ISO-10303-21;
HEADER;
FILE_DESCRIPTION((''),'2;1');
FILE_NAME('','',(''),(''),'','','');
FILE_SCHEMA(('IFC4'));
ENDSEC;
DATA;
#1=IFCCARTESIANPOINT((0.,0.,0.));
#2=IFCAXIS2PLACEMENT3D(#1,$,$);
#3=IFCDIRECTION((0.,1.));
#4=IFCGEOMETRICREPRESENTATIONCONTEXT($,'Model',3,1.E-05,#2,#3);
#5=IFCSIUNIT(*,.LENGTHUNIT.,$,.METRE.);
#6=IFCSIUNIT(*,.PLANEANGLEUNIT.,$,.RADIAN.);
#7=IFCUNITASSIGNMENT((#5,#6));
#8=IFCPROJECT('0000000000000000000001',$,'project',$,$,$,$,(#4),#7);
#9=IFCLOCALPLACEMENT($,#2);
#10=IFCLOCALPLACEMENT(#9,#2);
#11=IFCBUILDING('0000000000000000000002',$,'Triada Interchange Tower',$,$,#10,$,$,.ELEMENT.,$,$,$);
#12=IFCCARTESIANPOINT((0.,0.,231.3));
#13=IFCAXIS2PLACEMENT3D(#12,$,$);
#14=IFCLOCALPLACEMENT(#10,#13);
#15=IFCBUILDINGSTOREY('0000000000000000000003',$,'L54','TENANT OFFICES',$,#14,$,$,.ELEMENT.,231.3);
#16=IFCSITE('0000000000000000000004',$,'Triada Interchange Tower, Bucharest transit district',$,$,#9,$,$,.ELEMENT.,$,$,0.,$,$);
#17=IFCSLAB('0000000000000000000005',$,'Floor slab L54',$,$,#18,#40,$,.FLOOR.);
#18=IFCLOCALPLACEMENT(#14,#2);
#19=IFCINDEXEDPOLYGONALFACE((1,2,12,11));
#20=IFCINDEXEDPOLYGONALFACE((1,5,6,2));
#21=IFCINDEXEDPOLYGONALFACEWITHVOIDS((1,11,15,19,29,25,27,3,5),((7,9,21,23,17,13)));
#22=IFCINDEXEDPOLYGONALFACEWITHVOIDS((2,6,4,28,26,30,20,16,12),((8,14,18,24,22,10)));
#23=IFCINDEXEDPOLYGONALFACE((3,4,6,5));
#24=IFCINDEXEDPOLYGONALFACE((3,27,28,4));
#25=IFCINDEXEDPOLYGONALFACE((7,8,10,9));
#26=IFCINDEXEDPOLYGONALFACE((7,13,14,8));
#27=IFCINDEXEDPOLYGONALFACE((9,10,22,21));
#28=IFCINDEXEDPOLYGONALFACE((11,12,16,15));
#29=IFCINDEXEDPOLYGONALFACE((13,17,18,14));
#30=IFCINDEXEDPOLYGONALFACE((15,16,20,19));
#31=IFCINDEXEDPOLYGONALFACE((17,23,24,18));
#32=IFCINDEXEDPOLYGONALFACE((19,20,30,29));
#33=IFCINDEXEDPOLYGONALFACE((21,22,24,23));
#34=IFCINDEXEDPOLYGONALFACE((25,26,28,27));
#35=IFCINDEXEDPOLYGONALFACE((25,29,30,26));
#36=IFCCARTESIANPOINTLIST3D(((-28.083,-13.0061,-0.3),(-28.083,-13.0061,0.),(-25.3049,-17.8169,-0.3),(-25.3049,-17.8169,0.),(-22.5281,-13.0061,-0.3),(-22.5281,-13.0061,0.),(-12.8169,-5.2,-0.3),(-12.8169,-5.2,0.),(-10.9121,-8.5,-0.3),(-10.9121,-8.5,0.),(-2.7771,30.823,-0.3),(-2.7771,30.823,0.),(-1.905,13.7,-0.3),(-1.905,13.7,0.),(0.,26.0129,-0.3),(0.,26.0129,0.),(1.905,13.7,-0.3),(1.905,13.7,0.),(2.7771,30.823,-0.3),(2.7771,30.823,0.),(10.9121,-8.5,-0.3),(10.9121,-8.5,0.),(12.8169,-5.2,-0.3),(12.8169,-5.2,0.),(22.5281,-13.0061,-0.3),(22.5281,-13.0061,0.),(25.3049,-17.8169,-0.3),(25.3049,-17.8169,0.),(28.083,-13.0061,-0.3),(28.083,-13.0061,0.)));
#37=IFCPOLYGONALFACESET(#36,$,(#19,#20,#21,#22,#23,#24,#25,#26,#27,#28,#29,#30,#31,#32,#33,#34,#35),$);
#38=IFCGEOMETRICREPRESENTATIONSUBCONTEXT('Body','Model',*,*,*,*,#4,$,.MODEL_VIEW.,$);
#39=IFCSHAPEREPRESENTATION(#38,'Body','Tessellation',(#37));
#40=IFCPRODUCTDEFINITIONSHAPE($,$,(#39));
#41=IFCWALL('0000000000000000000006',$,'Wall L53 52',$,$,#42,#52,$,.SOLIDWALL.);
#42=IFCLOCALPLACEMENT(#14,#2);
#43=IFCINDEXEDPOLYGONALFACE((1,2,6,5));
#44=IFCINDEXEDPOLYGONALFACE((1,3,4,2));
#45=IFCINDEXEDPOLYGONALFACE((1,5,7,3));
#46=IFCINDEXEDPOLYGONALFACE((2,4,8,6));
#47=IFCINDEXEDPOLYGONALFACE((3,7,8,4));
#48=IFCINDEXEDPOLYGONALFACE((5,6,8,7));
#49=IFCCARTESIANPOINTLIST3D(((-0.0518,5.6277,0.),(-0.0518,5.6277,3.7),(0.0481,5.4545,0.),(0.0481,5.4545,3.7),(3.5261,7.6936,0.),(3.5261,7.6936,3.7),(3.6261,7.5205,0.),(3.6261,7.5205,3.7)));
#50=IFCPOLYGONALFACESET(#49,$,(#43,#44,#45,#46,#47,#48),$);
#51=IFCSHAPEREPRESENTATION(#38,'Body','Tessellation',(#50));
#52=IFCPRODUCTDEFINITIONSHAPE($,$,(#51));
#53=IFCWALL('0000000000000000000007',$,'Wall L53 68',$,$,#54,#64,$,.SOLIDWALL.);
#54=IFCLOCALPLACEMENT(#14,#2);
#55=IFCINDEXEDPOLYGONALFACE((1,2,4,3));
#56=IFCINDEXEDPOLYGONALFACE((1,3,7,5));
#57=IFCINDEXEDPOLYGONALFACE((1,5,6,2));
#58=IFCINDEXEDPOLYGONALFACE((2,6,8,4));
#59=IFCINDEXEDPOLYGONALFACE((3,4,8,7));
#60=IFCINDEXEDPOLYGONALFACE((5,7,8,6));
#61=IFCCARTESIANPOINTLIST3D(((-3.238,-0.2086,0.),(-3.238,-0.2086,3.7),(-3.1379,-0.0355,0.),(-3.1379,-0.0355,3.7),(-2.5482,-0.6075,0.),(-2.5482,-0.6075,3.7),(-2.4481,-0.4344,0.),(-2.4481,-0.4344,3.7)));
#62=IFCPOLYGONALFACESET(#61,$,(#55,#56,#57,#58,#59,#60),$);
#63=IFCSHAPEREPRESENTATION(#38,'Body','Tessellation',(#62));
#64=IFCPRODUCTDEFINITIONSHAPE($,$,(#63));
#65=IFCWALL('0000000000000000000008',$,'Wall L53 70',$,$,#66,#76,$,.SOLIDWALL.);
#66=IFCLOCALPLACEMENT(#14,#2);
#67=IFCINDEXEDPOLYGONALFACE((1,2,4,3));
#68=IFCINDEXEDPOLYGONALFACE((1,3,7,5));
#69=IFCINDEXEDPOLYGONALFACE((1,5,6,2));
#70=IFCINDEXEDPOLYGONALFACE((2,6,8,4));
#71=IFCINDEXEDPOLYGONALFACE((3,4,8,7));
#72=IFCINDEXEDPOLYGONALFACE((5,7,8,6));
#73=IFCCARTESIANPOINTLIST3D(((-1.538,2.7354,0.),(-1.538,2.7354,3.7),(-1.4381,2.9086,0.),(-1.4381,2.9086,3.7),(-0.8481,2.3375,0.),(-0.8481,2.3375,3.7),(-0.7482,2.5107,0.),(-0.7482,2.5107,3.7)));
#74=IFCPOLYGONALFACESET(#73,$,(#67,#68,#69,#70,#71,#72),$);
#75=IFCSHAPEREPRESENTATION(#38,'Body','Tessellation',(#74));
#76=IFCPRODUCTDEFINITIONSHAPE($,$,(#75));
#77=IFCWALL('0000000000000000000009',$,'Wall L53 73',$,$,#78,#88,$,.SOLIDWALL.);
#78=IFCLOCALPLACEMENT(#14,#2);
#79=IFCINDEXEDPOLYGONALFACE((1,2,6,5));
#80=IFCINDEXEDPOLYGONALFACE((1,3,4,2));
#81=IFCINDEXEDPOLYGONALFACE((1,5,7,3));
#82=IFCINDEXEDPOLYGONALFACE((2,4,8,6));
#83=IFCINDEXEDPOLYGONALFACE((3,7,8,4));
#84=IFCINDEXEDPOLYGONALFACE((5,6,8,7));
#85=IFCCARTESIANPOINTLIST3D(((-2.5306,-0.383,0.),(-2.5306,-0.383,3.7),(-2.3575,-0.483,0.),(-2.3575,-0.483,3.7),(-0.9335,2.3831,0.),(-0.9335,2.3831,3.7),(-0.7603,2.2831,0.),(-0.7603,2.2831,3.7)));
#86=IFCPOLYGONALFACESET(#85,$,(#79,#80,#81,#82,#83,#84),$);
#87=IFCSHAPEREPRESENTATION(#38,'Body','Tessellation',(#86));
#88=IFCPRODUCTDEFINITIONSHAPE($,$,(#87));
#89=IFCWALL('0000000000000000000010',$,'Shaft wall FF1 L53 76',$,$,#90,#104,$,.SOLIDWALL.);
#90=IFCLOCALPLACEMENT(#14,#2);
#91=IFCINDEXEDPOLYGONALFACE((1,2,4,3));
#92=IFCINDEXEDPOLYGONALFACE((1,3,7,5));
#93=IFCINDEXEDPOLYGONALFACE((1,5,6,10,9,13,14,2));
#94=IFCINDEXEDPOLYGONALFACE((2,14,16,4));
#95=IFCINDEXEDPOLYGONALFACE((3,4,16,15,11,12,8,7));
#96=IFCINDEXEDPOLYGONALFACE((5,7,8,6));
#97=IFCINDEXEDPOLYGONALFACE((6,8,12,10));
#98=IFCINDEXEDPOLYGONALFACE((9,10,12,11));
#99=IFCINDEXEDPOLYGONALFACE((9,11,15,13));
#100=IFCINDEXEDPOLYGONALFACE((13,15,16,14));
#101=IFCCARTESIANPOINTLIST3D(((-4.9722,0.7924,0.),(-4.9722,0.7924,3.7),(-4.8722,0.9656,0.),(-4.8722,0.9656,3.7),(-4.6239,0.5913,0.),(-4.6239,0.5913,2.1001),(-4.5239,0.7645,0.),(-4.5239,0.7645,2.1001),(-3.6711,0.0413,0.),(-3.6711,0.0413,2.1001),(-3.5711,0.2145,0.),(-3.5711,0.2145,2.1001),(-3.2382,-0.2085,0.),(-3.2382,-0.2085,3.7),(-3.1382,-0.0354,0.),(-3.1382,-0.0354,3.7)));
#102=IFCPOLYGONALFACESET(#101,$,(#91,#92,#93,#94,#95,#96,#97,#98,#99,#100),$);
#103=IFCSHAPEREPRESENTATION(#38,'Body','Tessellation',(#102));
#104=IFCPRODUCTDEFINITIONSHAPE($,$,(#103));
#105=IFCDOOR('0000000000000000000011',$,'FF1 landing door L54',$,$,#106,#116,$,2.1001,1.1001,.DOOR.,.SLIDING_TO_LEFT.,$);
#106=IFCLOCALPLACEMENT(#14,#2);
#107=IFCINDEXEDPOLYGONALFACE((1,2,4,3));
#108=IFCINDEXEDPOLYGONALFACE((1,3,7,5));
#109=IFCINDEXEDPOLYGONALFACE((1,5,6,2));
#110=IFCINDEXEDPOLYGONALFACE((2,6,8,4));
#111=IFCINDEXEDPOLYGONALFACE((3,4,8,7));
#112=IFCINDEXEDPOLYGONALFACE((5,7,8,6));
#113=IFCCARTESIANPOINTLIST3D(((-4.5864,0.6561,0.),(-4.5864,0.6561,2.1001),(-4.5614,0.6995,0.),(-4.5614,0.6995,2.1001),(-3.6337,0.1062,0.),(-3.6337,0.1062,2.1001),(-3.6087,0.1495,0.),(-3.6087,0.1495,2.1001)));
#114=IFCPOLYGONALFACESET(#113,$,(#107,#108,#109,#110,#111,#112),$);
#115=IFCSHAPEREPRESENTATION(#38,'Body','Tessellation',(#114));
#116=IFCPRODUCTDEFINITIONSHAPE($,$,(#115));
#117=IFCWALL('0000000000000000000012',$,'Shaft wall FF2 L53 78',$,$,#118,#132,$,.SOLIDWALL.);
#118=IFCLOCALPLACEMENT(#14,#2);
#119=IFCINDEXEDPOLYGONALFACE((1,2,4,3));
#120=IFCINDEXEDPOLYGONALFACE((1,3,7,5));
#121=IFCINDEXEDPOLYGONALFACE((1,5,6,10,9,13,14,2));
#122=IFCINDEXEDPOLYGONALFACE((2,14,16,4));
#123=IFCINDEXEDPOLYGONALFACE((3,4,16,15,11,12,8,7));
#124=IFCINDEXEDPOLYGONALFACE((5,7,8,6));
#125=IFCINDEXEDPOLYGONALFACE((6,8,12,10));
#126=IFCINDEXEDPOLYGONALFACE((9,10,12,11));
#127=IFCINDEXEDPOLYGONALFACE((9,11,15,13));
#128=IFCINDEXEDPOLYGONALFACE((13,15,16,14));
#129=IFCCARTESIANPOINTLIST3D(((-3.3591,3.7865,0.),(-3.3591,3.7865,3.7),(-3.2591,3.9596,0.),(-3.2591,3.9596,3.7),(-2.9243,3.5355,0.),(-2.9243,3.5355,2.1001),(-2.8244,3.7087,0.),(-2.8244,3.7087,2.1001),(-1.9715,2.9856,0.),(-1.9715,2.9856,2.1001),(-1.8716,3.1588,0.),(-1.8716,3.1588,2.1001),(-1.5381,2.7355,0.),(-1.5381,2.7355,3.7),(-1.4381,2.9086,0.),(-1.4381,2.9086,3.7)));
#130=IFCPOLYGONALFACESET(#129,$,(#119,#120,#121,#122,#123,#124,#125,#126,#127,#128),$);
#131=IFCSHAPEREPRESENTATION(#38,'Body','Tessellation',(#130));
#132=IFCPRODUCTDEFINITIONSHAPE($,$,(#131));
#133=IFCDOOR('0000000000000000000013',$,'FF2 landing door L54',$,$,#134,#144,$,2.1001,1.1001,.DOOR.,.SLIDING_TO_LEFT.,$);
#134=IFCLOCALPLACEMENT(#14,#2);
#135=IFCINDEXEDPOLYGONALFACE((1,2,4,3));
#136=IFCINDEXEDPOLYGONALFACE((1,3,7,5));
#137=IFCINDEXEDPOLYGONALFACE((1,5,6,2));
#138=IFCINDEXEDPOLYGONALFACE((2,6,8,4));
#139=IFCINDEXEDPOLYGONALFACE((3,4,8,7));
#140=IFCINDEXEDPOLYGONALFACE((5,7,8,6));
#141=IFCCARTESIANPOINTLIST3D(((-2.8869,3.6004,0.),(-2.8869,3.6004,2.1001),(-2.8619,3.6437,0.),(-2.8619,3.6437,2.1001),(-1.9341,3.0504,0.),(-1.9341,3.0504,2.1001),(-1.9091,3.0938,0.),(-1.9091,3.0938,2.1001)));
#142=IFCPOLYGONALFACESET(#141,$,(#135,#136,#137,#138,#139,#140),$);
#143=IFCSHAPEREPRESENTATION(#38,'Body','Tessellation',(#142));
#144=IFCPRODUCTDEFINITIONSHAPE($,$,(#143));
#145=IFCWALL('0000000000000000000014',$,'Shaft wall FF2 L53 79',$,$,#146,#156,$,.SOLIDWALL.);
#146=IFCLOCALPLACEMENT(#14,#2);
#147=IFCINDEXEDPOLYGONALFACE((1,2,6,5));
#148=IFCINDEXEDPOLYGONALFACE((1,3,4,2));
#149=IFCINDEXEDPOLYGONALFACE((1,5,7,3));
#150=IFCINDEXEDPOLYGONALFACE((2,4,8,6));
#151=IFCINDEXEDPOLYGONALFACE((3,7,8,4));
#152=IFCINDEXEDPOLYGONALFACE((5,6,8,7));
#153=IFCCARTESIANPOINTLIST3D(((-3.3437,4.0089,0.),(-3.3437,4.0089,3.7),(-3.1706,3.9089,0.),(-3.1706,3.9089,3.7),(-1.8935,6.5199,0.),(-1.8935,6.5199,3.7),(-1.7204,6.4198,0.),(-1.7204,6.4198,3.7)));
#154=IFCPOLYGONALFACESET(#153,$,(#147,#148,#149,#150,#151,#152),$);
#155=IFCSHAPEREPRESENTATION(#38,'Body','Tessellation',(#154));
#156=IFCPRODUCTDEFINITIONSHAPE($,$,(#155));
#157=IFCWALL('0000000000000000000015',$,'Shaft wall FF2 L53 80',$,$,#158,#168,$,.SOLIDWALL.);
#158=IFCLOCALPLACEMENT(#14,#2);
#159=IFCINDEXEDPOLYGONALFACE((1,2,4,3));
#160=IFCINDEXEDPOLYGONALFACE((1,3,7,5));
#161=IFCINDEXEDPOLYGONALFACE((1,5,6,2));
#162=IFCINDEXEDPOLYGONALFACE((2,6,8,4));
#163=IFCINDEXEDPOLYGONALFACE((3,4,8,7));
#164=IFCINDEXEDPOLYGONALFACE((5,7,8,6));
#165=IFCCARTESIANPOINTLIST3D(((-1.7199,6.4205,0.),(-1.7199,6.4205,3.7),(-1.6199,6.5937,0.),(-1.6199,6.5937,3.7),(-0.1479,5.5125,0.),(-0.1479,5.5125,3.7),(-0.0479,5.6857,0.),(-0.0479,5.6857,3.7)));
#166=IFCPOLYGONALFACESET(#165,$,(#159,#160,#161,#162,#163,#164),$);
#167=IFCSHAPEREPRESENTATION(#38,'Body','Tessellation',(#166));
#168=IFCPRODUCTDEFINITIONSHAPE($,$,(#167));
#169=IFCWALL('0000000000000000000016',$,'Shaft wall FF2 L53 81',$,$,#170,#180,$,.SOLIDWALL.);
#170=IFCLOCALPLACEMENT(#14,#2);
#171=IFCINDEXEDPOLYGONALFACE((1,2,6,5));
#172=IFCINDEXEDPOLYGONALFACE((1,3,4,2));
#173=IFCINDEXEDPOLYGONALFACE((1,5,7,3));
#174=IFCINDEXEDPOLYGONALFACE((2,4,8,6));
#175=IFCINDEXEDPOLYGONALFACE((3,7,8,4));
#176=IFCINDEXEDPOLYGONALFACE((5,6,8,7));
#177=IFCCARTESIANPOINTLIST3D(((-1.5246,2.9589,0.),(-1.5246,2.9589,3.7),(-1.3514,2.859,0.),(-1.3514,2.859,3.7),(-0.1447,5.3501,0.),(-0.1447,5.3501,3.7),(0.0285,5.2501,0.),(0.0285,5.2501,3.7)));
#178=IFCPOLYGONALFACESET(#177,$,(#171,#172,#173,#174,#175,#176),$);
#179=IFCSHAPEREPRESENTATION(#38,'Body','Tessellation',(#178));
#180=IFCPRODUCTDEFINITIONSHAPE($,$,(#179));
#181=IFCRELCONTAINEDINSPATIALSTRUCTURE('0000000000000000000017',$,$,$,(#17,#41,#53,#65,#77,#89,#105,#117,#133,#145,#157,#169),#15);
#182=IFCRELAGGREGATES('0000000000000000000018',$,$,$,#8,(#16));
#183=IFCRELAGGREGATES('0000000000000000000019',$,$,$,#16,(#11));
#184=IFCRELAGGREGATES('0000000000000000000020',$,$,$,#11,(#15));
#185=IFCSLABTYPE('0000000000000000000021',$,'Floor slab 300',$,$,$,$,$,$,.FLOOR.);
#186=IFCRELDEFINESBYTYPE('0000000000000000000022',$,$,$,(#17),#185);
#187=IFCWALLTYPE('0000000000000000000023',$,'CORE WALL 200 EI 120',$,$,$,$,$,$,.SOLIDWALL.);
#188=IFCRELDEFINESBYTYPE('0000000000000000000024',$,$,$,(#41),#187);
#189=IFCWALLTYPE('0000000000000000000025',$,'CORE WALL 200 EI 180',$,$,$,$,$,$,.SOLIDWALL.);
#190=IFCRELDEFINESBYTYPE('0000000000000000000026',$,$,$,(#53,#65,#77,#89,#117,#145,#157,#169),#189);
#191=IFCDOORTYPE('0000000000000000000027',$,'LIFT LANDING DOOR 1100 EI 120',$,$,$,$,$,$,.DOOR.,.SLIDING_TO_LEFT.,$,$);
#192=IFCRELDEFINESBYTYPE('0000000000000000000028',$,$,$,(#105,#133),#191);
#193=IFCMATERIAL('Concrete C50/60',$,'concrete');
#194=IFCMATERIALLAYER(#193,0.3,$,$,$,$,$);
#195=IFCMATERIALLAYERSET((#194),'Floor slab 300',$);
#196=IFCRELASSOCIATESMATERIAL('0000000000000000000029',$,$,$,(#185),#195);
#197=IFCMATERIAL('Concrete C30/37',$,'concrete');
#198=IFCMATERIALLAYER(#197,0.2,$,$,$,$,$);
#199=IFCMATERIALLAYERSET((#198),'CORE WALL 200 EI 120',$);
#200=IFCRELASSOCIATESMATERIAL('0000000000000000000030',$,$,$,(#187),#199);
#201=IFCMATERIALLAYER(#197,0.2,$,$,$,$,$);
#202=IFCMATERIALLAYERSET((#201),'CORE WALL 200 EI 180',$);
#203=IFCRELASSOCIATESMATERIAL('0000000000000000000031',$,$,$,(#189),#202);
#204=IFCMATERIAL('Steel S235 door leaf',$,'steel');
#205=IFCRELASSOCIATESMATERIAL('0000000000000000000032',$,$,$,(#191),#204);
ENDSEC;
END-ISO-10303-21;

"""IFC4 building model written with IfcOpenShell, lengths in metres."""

from ifc_helpers import new_model, si_unit, direction, frame, frame_2d, origin, place, context, subcontext, project, spatial, polyline, rectangle, outline, extrude, material, layer, layer_set, type_object, element, fill, save


model = new_model("IFC4")

# Units and contexts
model_context = context("Model", 3, precision=1e-05, world=origin(), true_north=direction((0.0, 1.0)))
body_context = subcontext(model_context, "Body", "Model", "MODEL_VIEW")
ifc_project = project(units=[si_unit("LENGTHUNIT", "METRE"), si_unit("PLANEANGLEUNIT", "RADIAN")], contexts=[model_context])

# Site, building, storey
site_placement = place(None, origin())
site = spatial("IfcSite", under=ifc_project, at=site_placement, Name="Triada Interchange Tower, Bucharest transit district", CompositionType="ELEMENT", RefElevation=0.0)
building_placement = place(site_placement, origin())
building = spatial("IfcBuilding", under=site, at=building_placement, Name="Triada Interchange Tower", CompositionType="ELEMENT")
storey_placement = place(building_placement, frame((0.0, 0.0, 231.3)))
storey = spatial("IfcBuildingStorey", under=building, at=storey_placement, Name="L54", Description="TENANT OFFICES", CompositionType="ELEMENT", Elevation=231.3)

# Slab
ifc_material_1 = material(Name="Concrete C50/60", Category="concrete")
ifc_layer_1 = layer(ifc_material_1, 0.3)
ifc_layer_set_1 = layer_set([ifc_layer_1], Name="Floor slab 300")
slab_type = type_object("IfcSlabType", Name="Floor slab 300", PredefinedType="FLOOR", material=ifc_layer_set_1)
slab_placement = place(storey_placement, frame((0.0, 0.0, -0.3)))
element("IfcSlab", 1, at=slab_placement, inside=storey, type_object=slab_type, Name="Floor slab L54", PredefinedType="FLOOR", context=body_context, shape_type="SweptSolid", body=[
    extrude(outline(polyline([(-2.7771, 30.823), (-28.083, -13.0061), (-22.5281, -13.0061), (-25.3049, -17.8169), (25.3049, -17.8169), (22.5281, -13.0061), (28.083, -13.0061), (2.7771, 30.823), (0.0, 26.0129), (-2.7771, 30.823)]), holes=[polyline([(1.905, 13.7), (-1.905, 13.7), (-12.8169, -5.2), (-10.9121, -8.5), (10.9121, -8.5), (12.8169, -5.2), (1.905, 13.7)])]), origin(), (0.0, 0.0, 1.0), 0.3),
])

# Walls
ifc_material_2 = material(Name="Concrete C30/37", Category="concrete")
ifc_layer_2 = layer(ifc_material_2, 0.2)
ifc_layer_set_2 = layer_set([ifc_layer_2], Name="CORE WALL 200 EI 120")
wall_type_1 = type_object("IfcWallType", Name="CORE WALL 200 EI 120", PredefinedType="SOLIDWALL", material=ifc_layer_set_2)
wall_1_placement = place(storey_placement, frame((-0.002, 5.541, 0.0), z_axis=(0.0, 0.0, 1.0), x_axis=(0.866002, 0.500041, 0.0)))
element("IfcWall", 2, at=wall_1_placement, inside=storey, type_object=wall_type_1, Name="Wall L53 52", PredefinedType="SOLIDWALL", context=body_context, shape_type="SweptSolid", body=[
    extrude(rectangle(XDim=4.1316, YDim=0.2, at=frame_2d((2.0659, 0.0))), origin(), (0.0, 0.0, 1.0), 3.7),
])
ifc_layer_3 = layer(ifc_material_2, 0.2)
ifc_layer_set_3 = layer_set([ifc_layer_3], Name="CORE WALL 200 EI 180")
wall_type_2 = type_object("IfcWallType", Name="CORE WALL 200 EI 180", PredefinedType="SOLIDWALL", material=ifc_layer_set_3)
wall_2_placement = place(storey_placement, frame((-3.188, -0.1221, 0.0), z_axis=(0.0, 0.0, 1.0), x_axis=(0.865706, -0.500553, 0.0)))
element("IfcWall", 3, at=wall_2_placement, inside=storey, type_object=wall_type_2, Name="Wall L53 68", PredefinedType="SOLIDWALL", context=body_context, shape_type="SweptSolid", body=[
    extrude(rectangle(XDim=0.7969, YDim=0.2, at=frame_2d((0.3984, 0.0))), origin(), (0.0, 0.0, 1.0), 3.7),
])
wall_3_placement = place(storey_placement, frame((-1.488, 2.822, 0.0), z_axis=(0.0, 0.0, 1.0), x_axis=(0.866237, -0.499634, 0.0)))
element("IfcWall", 4, at=wall_3_placement, inside=storey, type_object=wall_type_2, Name="Wall L53 70", PredefinedType="SOLIDWALL", context=body_context, shape_type="SweptSolid", body=[
    extrude(rectangle(XDim=0.7964, YDim=0.2, at=frame_2d((0.3982, 0.0))), origin(), (0.0, 0.0, 1.0), 3.7),
])
wall_4_placement = place(storey_placement, frame((-2.4441, -0.4331, 0.0), z_axis=(0.0, 0.0, 1.0), x_axis=(0.500036, 0.866005, 0.0)))
element("IfcWall", 5, at=wall_4_placement, inside=storey, type_object=wall_type_2, Name="Wall L53 73", PredefinedType="SOLIDWALL", context=body_context, shape_type="SweptSolid", body=[
    extrude(rectangle(XDim=3.1941, YDim=0.2, at=frame_2d((1.5972, 0.0))), origin(), (0.0, 0.0, 1.0), 3.7),
])

# Walls, openings, doors
wall_5_placement = place(storey_placement, frame((-4.9221, 0.8789, 0.0), z_axis=(0.0, 0.0, 1.0), x_axis=(0.866074, -0.499916, 0.0)))
wall_5 = element("IfcWall", 6, at=wall_5_placement, inside=storey, type_object=wall_type_2, Name="Shaft wall FF1 L53 76", PredefinedType="SOLIDWALL", context=body_context, shape_type="SweptSolid", body=[
    extrude(rectangle(XDim=2.0022, YDim=0.2, at=frame_2d((1.001, 0.0))), origin(), (0.0, 0.0, 1.0), 3.7),
])
opening_1_placement = place(wall_5_placement, frame((0.4021, 0.0, 0.0)))
opening_1 = element("IfcOpeningElement", 7, at=opening_1_placement, cuts=wall_5, PredefinedType="OPENING", context=body_context, shape_type="SweptSolid", body=[
    extrude(rectangle(XDim=1.1001, YDim=2.1001, at=frame_2d((0.55, 1.05))), frame((0.0, 0.1099, 0.0), z_axis=(0.0, -1.0, 0.0), x_axis=(1.0, 0.0, 0.0)), (0.0, 0.0, 1.0), 0.22),
])
ifc_material_3 = material(Name="Steel S235 door leaf", Category="steel")
door_type = type_object("IfcDoorType", Name="LIFT LANDING DOOR 1100 EI 120", OperationType="SLIDING_TO_LEFT", PredefinedType="DOOR", material=ifc_material_3)
door_1_placement = place(opening_1_placement, origin())
door_1 = element("IfcDoor", 8, at=door_1_placement, inside=storey, type_object=door_type, Name="FF1 landing door L54", OperationType="SLIDING_TO_LEFT", OverallHeight=2.1001, OverallWidth=1.1001, PredefinedType="DOOR", context=body_context, shape_type="SweptSolid", body=[
    extrude(rectangle(XDim=1.1001, YDim=2.1001, at=frame_2d((0.55, 1.05))), frame((0.0, 0.0249, 0.0), z_axis=(0.0, -1.0, 0.0), x_axis=(1.0, 0.0, 0.0)), (0.0, 0.0, 1.0), 0.05),
])
fill(opening_1, door_1)
wall_6_placement = place(storey_placement, frame((-3.3091, 3.873, 0.0), z_axis=(0.0, 0.0, 1.0), x_axis=(0.866099, -0.499873, 0.0)))
wall_6 = element("IfcWall", 9, at=wall_6_placement, inside=storey, type_object=wall_type_2, Name="Shaft wall FF2 L53 78", PredefinedType="SOLIDWALL", context=body_context, shape_type="SweptSolid", body=[
    extrude(rectangle(XDim=2.1025, YDim=0.2, at=frame_2d((1.0513, 0.0))), origin(), (0.0, 0.0, 1.0), 3.7),
])
opening_2_placement = place(wall_6_placement, frame((0.502, 0.0, 0.0)))
opening_2 = element("IfcOpeningElement", 10, at=opening_2_placement, cuts=wall_6, PredefinedType="OPENING", context=body_context, shape_type="SweptSolid", body=[
    extrude(rectangle(XDim=1.1001, YDim=2.1001, at=frame_2d((0.55, 1.05))), frame((0.0, 0.1099, 0.0), z_axis=(0.0, -1.0, 0.0), x_axis=(1.0, 0.0, 0.0)), (0.0, 0.0, 1.0), 0.22),
])
door_2_placement = place(opening_2_placement, origin())
door_2 = element("IfcDoor", 11, at=door_2_placement, inside=storey, type_object=door_type, Name="FF2 landing door L54", OperationType="SLIDING_TO_LEFT", OverallHeight=2.1001, OverallWidth=1.1001, PredefinedType="DOOR", context=body_context, shape_type="SweptSolid", body=[
    extrude(rectangle(XDim=1.1001, YDim=2.1001, at=frame_2d((0.55, 1.05))), frame((0.0, 0.0249, 0.0), z_axis=(0.0, -1.0, 0.0), x_axis=(1.0, 0.0, 0.0)), (0.0, 0.0, 1.0), 0.05),
])
fill(opening_2, door_2)

# Walls
wall_7_placement = place(storey_placement, frame((-3.2571, 3.959, 0.0), z_axis=(0.0, 0.0, 1.0), x_axis=(0.500123, 0.865954, 0.0)))
element("IfcWall", 12, at=wall_7_placement, inside=storey, type_object=wall_type_2, Name="Shaft wall FF2 L53 79", PredefinedType="SOLIDWALL", context=body_context, shape_type="SweptSolid", body=[
    extrude(rectangle(XDim=2.8997, YDim=0.2, at=frame_2d((1.4497, 0.0))), origin(), (0.0, 0.0, 1.0), 3.7),
])
wall_8_placement = place(storey_placement, frame((-1.6699, 6.5071, 0.0), z_axis=(0.0, 0.0, 1.0), x_axis=(0.865941, -0.500145, 0.0)))
element("IfcWall", 13, at=wall_8_placement, inside=storey, type_object=wall_type_2, Name="Shaft wall FF2 L53 80", PredefinedType="SOLIDWALL", context=body_context, shape_type="SweptSolid", body=[
    extrude(rectangle(XDim=1.8154, YDim=0.2, at=frame_2d((0.9077, 0.0))), origin(), (0.0, 0.0, 1.0), 3.7),
])
wall_9_placement = place(storey_placement, frame((-1.438, 2.9089, 0.0), z_axis=(0.0, 0.0, 1.0), x_axis=(0.49983, 0.866124, 0.0)))
element("IfcWall", 14, at=wall_9_placement, inside=storey, type_object=wall_type_2, Name="Shaft wall FF2 L53 81", PredefinedType="SOLIDWALL", context=body_context, shape_type="SweptSolid", body=[
    extrude(rectangle(XDim=2.7607, YDim=0.2, at=frame_2d((1.3804, 0.0))), origin(), (0.0, 0.0, 1.0), 3.7),
])

save(model, "model.ifc")
